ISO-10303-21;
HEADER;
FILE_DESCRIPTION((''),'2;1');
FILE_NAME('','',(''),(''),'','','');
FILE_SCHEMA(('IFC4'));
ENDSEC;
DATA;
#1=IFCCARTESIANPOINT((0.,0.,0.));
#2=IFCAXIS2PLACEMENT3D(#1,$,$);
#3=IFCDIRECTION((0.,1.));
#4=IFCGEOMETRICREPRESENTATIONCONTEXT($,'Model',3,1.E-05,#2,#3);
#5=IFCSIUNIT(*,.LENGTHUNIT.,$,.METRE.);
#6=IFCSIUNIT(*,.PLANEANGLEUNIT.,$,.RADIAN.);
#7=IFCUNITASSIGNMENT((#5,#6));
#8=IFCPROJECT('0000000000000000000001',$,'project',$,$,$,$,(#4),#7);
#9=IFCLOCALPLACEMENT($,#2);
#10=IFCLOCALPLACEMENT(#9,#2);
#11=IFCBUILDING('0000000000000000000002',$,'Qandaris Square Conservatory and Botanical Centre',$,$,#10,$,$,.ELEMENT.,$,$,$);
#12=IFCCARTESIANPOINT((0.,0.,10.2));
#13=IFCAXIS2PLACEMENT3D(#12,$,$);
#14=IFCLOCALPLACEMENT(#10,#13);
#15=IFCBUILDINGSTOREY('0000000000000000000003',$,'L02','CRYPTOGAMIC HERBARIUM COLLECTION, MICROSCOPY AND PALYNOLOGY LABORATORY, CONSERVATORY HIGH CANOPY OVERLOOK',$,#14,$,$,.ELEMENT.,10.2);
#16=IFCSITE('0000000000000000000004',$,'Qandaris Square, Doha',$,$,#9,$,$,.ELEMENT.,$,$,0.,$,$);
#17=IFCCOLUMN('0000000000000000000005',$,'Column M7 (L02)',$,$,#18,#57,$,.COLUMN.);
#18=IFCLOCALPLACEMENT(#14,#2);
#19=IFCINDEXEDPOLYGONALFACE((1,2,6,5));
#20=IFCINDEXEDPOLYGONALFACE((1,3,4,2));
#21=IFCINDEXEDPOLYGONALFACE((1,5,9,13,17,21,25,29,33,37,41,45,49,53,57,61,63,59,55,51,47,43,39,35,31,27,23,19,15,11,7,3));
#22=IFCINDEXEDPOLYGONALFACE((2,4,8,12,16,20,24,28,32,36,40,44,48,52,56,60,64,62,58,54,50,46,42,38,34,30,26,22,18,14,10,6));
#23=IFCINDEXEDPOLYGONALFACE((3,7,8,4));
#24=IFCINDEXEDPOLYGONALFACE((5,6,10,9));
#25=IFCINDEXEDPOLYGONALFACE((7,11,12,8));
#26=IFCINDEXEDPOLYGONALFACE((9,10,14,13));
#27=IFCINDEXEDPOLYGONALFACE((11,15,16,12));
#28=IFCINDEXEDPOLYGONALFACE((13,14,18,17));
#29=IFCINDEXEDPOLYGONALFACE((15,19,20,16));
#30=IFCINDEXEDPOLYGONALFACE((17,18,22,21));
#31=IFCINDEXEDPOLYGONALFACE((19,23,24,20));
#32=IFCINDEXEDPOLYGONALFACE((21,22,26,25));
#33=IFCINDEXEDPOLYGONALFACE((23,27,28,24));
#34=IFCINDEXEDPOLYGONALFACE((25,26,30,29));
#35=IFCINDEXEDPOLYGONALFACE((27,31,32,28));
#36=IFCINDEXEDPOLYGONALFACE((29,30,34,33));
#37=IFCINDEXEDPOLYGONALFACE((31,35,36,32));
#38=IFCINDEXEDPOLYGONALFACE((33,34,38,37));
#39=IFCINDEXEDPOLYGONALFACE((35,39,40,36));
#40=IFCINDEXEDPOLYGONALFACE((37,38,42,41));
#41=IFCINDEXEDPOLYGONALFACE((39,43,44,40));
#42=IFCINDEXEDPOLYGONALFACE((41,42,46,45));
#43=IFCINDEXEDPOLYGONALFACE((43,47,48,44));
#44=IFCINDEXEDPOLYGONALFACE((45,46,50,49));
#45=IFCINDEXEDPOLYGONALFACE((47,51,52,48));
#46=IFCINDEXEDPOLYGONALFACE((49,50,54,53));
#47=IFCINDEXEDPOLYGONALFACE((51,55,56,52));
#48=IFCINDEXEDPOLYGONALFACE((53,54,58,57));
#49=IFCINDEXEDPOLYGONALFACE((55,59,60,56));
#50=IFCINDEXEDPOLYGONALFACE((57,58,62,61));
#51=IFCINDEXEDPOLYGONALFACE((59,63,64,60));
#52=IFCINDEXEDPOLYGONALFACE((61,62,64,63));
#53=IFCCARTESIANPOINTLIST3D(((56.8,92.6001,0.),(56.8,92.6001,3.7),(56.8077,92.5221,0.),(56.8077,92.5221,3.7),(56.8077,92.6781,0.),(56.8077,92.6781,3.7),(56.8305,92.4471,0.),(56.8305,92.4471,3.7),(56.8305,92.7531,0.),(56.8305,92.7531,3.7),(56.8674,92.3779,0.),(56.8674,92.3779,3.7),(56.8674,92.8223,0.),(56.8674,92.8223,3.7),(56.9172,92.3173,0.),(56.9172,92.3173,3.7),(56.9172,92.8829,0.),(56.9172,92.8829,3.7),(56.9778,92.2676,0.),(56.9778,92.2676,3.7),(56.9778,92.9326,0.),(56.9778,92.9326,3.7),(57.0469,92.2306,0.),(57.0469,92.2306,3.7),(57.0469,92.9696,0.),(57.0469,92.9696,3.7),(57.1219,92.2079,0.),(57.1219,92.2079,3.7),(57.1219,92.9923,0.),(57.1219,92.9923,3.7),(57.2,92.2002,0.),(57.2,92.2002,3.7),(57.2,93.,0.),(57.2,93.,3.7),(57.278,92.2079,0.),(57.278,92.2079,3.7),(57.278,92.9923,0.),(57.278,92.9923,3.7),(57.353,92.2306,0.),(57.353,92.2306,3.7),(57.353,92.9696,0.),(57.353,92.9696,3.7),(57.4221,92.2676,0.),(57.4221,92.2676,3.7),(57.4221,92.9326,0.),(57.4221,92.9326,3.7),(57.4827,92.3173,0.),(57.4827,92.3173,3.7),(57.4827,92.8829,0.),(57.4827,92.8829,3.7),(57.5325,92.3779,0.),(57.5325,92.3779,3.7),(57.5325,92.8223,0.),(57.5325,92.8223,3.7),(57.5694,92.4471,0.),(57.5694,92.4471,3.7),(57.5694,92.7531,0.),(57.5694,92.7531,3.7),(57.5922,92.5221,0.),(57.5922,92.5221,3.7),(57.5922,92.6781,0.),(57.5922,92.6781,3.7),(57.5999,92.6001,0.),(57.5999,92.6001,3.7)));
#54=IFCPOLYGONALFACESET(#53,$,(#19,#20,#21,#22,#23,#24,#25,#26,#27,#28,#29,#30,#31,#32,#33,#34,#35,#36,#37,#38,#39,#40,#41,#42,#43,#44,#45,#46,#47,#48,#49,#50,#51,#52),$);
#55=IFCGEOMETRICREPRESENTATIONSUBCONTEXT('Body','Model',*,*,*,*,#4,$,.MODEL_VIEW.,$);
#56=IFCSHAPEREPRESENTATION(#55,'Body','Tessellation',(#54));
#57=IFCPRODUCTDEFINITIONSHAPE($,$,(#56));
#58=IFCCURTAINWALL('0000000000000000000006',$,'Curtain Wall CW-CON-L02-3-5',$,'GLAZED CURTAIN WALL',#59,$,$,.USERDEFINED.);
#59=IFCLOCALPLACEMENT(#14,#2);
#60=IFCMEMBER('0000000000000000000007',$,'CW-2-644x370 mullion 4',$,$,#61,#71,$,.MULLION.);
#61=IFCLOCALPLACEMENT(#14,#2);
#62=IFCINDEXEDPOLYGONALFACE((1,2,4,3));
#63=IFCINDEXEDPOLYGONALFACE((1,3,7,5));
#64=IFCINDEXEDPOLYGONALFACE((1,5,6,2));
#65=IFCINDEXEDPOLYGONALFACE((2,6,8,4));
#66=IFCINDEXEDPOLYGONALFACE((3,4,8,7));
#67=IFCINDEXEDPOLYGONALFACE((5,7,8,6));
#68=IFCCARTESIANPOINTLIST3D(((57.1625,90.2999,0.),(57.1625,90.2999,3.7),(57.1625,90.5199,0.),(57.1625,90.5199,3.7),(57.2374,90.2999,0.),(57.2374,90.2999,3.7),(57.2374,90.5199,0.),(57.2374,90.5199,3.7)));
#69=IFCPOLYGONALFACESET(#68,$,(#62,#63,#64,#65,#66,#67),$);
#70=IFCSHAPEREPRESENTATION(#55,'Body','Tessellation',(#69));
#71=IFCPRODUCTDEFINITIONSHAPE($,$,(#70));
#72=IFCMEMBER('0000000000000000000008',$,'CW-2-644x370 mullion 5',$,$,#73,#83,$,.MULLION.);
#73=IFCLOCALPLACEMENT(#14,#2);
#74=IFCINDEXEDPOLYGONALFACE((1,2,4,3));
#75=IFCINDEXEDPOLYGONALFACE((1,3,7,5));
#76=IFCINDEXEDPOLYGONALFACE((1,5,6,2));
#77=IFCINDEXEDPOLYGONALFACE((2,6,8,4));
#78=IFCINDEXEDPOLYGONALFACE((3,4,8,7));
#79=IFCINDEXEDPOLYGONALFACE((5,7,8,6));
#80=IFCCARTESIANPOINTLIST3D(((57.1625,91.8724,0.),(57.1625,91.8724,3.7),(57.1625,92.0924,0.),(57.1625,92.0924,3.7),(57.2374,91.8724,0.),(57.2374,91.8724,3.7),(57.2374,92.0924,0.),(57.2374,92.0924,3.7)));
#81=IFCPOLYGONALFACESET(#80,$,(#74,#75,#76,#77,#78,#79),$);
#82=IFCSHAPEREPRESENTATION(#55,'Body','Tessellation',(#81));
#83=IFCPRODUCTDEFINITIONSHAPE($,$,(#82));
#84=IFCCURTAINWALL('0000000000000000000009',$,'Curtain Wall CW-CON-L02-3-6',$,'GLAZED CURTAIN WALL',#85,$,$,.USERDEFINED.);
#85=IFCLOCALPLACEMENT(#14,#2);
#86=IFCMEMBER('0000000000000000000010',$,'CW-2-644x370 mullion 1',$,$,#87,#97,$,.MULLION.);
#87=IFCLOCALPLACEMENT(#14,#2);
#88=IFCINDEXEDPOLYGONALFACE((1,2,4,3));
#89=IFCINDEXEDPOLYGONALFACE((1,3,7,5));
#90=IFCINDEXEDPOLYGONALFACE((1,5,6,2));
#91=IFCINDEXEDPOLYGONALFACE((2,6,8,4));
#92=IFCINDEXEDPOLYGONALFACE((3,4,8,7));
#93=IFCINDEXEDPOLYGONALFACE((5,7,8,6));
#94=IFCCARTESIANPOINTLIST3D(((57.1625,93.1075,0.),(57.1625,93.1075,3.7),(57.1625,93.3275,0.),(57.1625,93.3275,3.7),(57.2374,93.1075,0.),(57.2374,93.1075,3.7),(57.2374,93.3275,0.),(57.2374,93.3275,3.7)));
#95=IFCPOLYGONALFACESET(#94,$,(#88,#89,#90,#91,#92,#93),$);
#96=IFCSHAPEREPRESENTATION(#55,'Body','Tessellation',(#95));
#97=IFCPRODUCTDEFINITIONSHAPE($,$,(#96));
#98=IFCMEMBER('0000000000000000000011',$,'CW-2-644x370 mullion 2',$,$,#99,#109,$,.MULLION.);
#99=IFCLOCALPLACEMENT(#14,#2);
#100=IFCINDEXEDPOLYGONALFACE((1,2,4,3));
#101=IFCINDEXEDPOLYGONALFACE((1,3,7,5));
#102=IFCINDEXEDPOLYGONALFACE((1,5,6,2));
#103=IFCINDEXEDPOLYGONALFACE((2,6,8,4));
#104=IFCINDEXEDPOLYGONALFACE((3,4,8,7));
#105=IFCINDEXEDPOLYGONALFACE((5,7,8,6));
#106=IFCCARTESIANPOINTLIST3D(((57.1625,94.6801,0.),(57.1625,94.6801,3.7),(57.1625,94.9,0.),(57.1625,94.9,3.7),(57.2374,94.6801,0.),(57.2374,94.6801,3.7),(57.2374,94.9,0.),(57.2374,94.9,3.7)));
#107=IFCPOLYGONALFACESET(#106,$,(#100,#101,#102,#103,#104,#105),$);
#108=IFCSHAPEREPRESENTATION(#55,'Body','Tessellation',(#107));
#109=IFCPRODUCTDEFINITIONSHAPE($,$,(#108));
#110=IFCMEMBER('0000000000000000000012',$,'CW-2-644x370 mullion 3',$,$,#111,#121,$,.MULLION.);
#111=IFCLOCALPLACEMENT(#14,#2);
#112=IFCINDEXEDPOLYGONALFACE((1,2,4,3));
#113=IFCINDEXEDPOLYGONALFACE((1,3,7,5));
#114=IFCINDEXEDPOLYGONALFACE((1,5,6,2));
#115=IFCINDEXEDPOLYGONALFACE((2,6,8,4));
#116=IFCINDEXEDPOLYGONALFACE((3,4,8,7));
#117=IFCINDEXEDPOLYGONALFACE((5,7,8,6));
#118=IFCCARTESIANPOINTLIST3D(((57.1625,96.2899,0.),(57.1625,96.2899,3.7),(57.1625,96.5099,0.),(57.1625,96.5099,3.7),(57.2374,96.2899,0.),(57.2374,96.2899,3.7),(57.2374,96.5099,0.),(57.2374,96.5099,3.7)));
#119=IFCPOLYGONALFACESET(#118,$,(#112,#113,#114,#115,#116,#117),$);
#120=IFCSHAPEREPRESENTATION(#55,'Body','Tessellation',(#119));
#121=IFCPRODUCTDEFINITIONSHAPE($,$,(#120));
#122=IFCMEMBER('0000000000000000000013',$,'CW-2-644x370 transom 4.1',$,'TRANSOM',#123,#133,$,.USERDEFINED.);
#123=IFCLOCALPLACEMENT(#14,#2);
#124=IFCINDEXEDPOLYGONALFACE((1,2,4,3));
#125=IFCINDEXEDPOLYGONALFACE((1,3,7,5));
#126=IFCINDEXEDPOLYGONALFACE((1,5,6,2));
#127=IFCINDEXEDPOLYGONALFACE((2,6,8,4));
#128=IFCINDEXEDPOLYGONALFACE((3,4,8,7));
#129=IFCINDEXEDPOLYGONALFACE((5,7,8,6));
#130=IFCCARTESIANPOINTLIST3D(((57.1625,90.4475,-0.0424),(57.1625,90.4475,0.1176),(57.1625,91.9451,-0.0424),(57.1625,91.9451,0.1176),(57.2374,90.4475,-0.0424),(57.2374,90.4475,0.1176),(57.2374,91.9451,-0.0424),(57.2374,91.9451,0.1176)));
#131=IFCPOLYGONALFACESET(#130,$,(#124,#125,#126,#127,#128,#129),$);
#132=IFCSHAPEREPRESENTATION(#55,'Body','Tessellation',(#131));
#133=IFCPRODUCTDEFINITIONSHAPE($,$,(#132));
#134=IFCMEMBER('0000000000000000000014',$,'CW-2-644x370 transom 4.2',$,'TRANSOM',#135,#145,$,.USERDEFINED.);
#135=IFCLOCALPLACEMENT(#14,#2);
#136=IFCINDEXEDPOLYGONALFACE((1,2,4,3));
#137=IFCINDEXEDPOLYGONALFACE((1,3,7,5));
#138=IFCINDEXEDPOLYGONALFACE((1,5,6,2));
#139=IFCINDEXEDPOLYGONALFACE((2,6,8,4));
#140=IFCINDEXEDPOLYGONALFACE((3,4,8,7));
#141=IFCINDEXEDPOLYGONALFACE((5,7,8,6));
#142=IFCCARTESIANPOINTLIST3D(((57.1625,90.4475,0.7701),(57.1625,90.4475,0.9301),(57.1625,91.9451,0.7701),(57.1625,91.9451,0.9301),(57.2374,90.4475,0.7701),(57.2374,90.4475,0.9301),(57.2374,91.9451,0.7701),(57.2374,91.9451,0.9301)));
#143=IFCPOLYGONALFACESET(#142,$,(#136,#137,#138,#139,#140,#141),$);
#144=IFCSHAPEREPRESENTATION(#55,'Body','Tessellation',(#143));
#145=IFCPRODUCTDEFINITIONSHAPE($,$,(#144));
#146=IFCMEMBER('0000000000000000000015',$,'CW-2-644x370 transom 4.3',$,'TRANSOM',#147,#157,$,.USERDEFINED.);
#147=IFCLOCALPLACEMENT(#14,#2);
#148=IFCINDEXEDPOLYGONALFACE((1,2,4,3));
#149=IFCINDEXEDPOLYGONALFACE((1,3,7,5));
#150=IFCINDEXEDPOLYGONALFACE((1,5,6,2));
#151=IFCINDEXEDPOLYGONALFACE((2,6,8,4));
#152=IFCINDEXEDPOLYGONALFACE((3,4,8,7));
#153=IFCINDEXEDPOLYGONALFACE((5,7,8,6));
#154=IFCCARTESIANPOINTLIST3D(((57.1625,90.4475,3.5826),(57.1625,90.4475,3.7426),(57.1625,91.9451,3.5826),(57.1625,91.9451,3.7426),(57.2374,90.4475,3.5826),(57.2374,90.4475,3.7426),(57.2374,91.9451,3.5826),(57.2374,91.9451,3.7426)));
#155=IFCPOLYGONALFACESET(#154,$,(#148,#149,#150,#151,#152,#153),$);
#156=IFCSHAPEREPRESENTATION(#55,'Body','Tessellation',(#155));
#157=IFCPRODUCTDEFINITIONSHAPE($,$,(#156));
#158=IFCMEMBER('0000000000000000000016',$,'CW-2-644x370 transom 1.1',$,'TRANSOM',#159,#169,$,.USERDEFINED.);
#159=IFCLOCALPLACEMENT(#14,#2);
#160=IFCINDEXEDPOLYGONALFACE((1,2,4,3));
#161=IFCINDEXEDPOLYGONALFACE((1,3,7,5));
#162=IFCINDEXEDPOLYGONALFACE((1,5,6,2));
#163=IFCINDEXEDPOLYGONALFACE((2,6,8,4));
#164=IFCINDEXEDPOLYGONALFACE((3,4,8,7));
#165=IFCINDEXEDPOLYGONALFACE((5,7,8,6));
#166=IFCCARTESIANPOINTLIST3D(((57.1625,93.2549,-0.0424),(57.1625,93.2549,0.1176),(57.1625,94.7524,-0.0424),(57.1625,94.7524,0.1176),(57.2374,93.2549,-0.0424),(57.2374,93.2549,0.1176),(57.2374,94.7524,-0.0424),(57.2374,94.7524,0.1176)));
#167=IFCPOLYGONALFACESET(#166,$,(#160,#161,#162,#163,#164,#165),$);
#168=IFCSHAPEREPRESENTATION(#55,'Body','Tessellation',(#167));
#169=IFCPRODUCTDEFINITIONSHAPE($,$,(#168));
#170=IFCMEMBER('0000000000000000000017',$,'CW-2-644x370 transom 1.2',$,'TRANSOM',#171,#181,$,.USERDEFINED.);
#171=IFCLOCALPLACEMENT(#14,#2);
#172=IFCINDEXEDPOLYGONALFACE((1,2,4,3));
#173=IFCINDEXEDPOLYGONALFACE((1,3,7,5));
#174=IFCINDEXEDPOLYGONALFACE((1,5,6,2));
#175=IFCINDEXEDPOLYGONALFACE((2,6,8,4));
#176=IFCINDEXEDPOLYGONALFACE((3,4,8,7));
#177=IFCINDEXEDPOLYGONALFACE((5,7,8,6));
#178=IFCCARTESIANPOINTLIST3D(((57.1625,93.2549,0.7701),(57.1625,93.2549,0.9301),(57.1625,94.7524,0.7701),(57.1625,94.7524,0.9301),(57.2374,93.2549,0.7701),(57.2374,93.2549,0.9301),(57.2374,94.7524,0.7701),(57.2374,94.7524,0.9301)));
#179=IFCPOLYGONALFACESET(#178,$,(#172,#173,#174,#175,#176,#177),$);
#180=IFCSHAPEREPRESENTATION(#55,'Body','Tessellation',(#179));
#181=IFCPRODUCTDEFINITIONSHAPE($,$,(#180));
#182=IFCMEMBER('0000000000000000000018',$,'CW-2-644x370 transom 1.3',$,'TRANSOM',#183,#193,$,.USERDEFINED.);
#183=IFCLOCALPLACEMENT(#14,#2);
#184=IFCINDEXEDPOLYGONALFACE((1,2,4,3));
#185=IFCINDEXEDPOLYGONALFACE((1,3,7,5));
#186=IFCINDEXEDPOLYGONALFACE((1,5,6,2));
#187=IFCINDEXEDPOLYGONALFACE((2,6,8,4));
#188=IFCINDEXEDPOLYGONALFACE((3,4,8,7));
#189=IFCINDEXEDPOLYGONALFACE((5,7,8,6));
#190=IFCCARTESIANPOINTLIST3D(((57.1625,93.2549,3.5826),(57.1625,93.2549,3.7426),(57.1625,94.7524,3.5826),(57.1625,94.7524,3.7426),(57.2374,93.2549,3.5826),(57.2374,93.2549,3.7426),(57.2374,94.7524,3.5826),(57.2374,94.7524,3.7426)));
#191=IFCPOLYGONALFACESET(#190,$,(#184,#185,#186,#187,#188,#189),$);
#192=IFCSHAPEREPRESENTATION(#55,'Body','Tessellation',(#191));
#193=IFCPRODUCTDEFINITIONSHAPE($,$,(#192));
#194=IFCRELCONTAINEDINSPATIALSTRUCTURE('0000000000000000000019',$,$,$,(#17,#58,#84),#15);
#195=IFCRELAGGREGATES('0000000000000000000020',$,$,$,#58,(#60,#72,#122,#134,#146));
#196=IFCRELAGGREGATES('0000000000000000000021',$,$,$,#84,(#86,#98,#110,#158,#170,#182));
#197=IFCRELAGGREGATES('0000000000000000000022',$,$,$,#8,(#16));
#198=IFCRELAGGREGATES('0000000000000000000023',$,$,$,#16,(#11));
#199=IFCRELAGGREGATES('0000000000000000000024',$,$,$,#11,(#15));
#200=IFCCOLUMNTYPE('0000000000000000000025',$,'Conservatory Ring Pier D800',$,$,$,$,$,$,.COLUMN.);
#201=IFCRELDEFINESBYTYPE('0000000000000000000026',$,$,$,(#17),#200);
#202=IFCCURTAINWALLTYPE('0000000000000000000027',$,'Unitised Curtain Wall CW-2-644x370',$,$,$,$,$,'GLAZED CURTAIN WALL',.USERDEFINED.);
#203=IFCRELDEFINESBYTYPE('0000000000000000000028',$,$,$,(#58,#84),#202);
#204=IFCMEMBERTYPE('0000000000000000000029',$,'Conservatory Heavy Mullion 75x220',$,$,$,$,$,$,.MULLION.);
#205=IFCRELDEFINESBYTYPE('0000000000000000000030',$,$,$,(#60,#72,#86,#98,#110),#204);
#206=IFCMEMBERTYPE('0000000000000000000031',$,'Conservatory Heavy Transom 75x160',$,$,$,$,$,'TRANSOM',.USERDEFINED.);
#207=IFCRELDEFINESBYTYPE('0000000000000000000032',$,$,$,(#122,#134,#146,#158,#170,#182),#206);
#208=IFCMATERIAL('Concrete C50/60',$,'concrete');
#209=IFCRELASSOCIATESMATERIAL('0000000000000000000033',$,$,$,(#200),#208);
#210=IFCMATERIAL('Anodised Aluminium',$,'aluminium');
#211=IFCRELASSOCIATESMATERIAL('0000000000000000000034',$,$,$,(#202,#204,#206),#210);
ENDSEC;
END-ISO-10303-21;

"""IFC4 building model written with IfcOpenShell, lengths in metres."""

from ifc_helpers import new_model, si_unit, direction, frame, origin, origin_2d, place, context, subcontext, project, spatial, rectangle, circle, extrude, material, material_profile, profile_set, type_object, element, aggregate, save


model = new_model("IFC4")

# Units and contexts
model_context = context("Model", 3, precision=1e-05, world=origin(), true_north=direction((0.0, 1.0)))
body_context = subcontext(model_context, "Body", "Model", "MODEL_VIEW")
ifc_project = project(units=[si_unit("LENGTHUNIT", "METRE"), si_unit("PLANEANGLEUNIT", "RADIAN")], contexts=[model_context])

# Site, building, storey
site_placement = place(None, origin())
site = spatial("IfcSite", under=ifc_project, at=site_placement, Name="Qandaris Square, Doha", CompositionType="ELEMENT", RefElevation=0.0)
building_placement = place(site_placement, origin())
building = spatial("IfcBuilding", under=site, at=building_placement, Name="Qandaris Square Conservatory and Botanical Centre", CompositionType="ELEMENT")
storey_placement = place(building_placement, frame((0.0, 0.0, 10.2)))
storey = spatial("IfcBuildingStorey", under=building, at=storey_placement, Name="L02", Description="CRYPTOGAMIC HERBARIUM COLLECTION, MICROSCOPY AND PALYNOLOGY LABORATORY, CONSERVATORY HIGH CANOPY OVERLOOK", CompositionType="ELEMENT", Elevation=10.2)

# Column
ifc_material_1 = material(Name="Concrete C50/60", Category="concrete")
ifc_material_profile_1 = material_profile(ifc_material_1, circle(Radius=0.3999, at=origin_2d()), Name="RC-COL D800")
ifc_profile_set_1 = profile_set([ifc_material_profile_1], Name="Concrete C50/60")
column_type = type_object("IfcColumnType", Name="Conservatory Ring Pier D800", PredefinedType="COLUMN", material=ifc_profile_set_1)
column_placement = place(storey_placement, frame((57.2, 92.6001, 0.0), z_axis=(0.0, 0.0, 1.0), x_axis=(1.0, 0.0, 0.0)))
element("IfcColumn", 1, at=column_placement, inside=storey, type_object=column_type, Name="Column M7 (L02)", PredefinedType="COLUMN", context=body_context, shape_type="SweptSolid", body=[
    extrude(circle(Radius=0.3999, at=origin_2d()), origin(), (0.0, 0.0, 1.0), 3.7),
])

# Curtain walls, members
ifc_material_2 = material(Name="Anodised Aluminium", Category="aluminium")
curtain_wall_type = type_object("IfcCurtainWallType", Name="Unitised Curtain Wall CW-2-644x370", ElementType="GLAZED CURTAIN WALL", PredefinedType="USERDEFINED", material=ifc_material_2)
curtain_wall_1_placement = place(storey_placement, origin())
curtain_wall_1 = element("IfcCurtainWall", 2, at=curtain_wall_1_placement, inside=storey, type_object=curtain_wall_type, Name="Curtain Wall CW-CON-L02-3-5", ObjectType="GLAZED CURTAIN WALL", PredefinedType="USERDEFINED")
ifc_material_profile_2 = material_profile(ifc_material_2, rectangle(XDim=0.075, YDim=0.22, at=origin_2d()), Name="ALU-MUL 75x220")
ifc_profile_set_2 = profile_set([ifc_material_profile_2], Name="Anodised Aluminium")
member_type_1 = type_object("IfcMemberType", Name="Conservatory Heavy Mullion 75x220", PredefinedType="MULLION", material=ifc_profile_set_2)
member_1_placement = place(storey_placement, frame((57.2, 90.4099, 0.0), z_axis=(0.0, 0.0, 1.0), x_axis=(-1.0, 0.0, 0.0)))
member_1 = element("IfcMember", 3, at=member_1_placement, type_object=member_type_1, Name="CW-2-644x370 mullion 4", PredefinedType="MULLION", context=body_context, shape_type="SweptSolid", body=[
    extrude(rectangle(XDim=0.075, YDim=0.22, at=origin_2d()), origin(), (0.0, 0.0, 1.0), 3.7),
])
member_2_placement = place(storey_placement, frame((57.2, 91.9824, 0.0), z_axis=(0.0, 0.0, 1.0), x_axis=(-1.0, 0.0, 0.0)))
member_2 = element("IfcMember", 4, at=member_2_placement, type_object=member_type_1, Name="CW-2-644x370 mullion 5", PredefinedType="MULLION", context=body_context, shape_type="SweptSolid", body=[
    extrude(rectangle(XDim=0.075, YDim=0.22, at=origin_2d()), origin(), (0.0, 0.0, 1.0), 3.7),
])
curtain_wall_2_placement = place(storey_placement, origin())
curtain_wall_2 = element("IfcCurtainWall", 5, at=curtain_wall_2_placement, inside=storey, type_object=curtain_wall_type, Name="Curtain Wall CW-CON-L02-3-6", ObjectType="GLAZED CURTAIN WALL", PredefinedType="USERDEFINED")
member_3_placement = place(storey_placement, frame((57.2, 93.2175, 0.0), z_axis=(0.0, 0.0, 1.0), x_axis=(-1.0, 0.0, 0.0)))
member_3 = element("IfcMember", 6, at=member_3_placement, type_object=member_type_1, Name="CW-2-644x370 mullion 1", PredefinedType="MULLION", context=body_context, shape_type="SweptSolid", body=[
    extrude(rectangle(XDim=0.075, YDim=0.22, at=origin_2d()), origin(), (0.0, 0.0, 1.0), 3.7),
])
member_4_placement = place(storey_placement, frame((57.2, 94.79, 0.0), z_axis=(0.0, 0.0, 1.0), x_axis=(-1.0, 0.0, 0.0)))
member_4 = element("IfcMember", 7, at=member_4_placement, type_object=member_type_1, Name="CW-2-644x370 mullion 2", PredefinedType="MULLION", context=body_context, shape_type="SweptSolid", body=[
    extrude(rectangle(XDim=0.075, YDim=0.22, at=origin_2d()), origin(), (0.0, 0.0, 1.0), 3.7),
])
member_5_placement = place(storey_placement, frame((57.2, 96.3999, 0.0), z_axis=(0.0, 0.0, 1.0), x_axis=(-1.0, 0.0, 0.0)))
member_5 = element("IfcMember", 8, at=member_5_placement, type_object=member_type_1, Name="CW-2-644x370 mullion 3", PredefinedType="MULLION", context=body_context, shape_type="SweptSolid", body=[
    extrude(rectangle(XDim=0.075, YDim=0.22, at=origin_2d()), origin(), (0.0, 0.0, 1.0), 3.7),
])

# Members
ifc_material_profile_3 = material_profile(ifc_material_2, rectangle(XDim=0.075, YDim=0.1599, at=origin_2d()), Name="ALU-TRN 75x160")
ifc_profile_set_3 = profile_set([ifc_material_profile_3], Name="Anodised Aluminium")
member_type_2 = type_object("IfcMemberType", Name="Conservatory Heavy Transom 75x160", ElementType="TRANSOM", PredefinedType="USERDEFINED", material=ifc_profile_set_3)
member_6_placement = place(storey_placement, frame((57.2, 90.4475, 0.0376), z_axis=(0.0, 1.0, 0.0), x_axis=(-1.0, 0.0, 0.0)))
member_6 = element("IfcMember", 9, at=member_6_placement, type_object=member_type_2, Name="CW-2-644x370 transom 4.1", ObjectType="TRANSOM", PredefinedType="USERDEFINED", context=body_context, shape_type="SweptSolid", body=[
    extrude(rectangle(XDim=0.075, YDim=0.1599, at=origin_2d()), origin(), (0.0, 0.0, 1.0), 1.4976),
])
member_7_placement = place(storey_placement, frame((57.2, 90.4475, 0.8501), z_axis=(0.0, 1.0, 0.0), x_axis=(-1.0, 0.0, 0.0)))
member_7 = element("IfcMember", 10, at=member_7_placement, type_object=member_type_2, Name="CW-2-644x370 transom 4.2", ObjectType="TRANSOM", PredefinedType="USERDEFINED", context=body_context, shape_type="SweptSolid", body=[
    extrude(rectangle(XDim=0.075, YDim=0.1599, at=origin_2d()), origin(), (0.0, 0.0, 1.0), 1.4976),
])
member_8_placement = place(storey_placement, frame((57.2, 90.4475, 3.6626), z_axis=(0.0, 1.0, 0.0), x_axis=(-1.0, 0.0, 0.0)))
member_8 = element("IfcMember", 11, at=member_8_placement, type_object=member_type_2, Name="CW-2-644x370 transom 4.3", ObjectType="TRANSOM", PredefinedType="USERDEFINED", context=body_context, shape_type="SweptSolid", body=[
    extrude(rectangle(XDim=0.075, YDim=0.1599, at=origin_2d()), origin(), (0.0, 0.0, 1.0), 1.4976),
])
member_9_placement = place(storey_placement, frame((57.2, 93.2549, 0.0376), z_axis=(0.0, 1.0, 0.0), x_axis=(-1.0, 0.0, 0.0)))
member_9 = element("IfcMember", 12, at=member_9_placement, type_object=member_type_2, Name="CW-2-644x370 transom 1.1", ObjectType="TRANSOM", PredefinedType="USERDEFINED", context=body_context, shape_type="SweptSolid", body=[
    extrude(rectangle(XDim=0.075, YDim=0.1599, at=origin_2d()), origin(), (0.0, 0.0, 1.0), 1.4976),
])
member_10_placement = place(storey_placement, frame((57.2, 93.2549, 0.8501), z_axis=(0.0, 1.0, 0.0), x_axis=(-1.0, 0.0, 0.0)))
member_10 = element("IfcMember", 13, at=member_10_placement, type_object=member_type_2, Name="CW-2-644x370 transom 1.2", ObjectType="TRANSOM", PredefinedType="USERDEFINED", context=body_context, shape_type="SweptSolid", body=[
    extrude(rectangle(XDim=0.075, YDim=0.1599, at=origin_2d()), origin(), (0.0, 0.0, 1.0), 1.4976),
])
member_11_placement = place(storey_placement, frame((57.2, 93.2549, 3.6626), z_axis=(0.0, 1.0, 0.0), x_axis=(-1.0, 0.0, 0.0)))
member_11 = element("IfcMember", 14, at=member_11_placement, type_object=member_type_2, Name="CW-2-644x370 transom 1.3", ObjectType="TRANSOM", PredefinedType="USERDEFINED", context=body_context, shape_type="SweptSolid", body=[
    extrude(rectangle(XDim=0.075, YDim=0.1599, at=origin_2d()), origin(), (0.0, 0.0, 1.0), 1.4976),
])

aggregate(curtain_wall_1, [member_1, member_2, member_6, member_7, member_8])
aggregate(curtain_wall_2, [member_3, member_4, member_5, member_9, member_10, member_11])

save(model, "model.ifc")
